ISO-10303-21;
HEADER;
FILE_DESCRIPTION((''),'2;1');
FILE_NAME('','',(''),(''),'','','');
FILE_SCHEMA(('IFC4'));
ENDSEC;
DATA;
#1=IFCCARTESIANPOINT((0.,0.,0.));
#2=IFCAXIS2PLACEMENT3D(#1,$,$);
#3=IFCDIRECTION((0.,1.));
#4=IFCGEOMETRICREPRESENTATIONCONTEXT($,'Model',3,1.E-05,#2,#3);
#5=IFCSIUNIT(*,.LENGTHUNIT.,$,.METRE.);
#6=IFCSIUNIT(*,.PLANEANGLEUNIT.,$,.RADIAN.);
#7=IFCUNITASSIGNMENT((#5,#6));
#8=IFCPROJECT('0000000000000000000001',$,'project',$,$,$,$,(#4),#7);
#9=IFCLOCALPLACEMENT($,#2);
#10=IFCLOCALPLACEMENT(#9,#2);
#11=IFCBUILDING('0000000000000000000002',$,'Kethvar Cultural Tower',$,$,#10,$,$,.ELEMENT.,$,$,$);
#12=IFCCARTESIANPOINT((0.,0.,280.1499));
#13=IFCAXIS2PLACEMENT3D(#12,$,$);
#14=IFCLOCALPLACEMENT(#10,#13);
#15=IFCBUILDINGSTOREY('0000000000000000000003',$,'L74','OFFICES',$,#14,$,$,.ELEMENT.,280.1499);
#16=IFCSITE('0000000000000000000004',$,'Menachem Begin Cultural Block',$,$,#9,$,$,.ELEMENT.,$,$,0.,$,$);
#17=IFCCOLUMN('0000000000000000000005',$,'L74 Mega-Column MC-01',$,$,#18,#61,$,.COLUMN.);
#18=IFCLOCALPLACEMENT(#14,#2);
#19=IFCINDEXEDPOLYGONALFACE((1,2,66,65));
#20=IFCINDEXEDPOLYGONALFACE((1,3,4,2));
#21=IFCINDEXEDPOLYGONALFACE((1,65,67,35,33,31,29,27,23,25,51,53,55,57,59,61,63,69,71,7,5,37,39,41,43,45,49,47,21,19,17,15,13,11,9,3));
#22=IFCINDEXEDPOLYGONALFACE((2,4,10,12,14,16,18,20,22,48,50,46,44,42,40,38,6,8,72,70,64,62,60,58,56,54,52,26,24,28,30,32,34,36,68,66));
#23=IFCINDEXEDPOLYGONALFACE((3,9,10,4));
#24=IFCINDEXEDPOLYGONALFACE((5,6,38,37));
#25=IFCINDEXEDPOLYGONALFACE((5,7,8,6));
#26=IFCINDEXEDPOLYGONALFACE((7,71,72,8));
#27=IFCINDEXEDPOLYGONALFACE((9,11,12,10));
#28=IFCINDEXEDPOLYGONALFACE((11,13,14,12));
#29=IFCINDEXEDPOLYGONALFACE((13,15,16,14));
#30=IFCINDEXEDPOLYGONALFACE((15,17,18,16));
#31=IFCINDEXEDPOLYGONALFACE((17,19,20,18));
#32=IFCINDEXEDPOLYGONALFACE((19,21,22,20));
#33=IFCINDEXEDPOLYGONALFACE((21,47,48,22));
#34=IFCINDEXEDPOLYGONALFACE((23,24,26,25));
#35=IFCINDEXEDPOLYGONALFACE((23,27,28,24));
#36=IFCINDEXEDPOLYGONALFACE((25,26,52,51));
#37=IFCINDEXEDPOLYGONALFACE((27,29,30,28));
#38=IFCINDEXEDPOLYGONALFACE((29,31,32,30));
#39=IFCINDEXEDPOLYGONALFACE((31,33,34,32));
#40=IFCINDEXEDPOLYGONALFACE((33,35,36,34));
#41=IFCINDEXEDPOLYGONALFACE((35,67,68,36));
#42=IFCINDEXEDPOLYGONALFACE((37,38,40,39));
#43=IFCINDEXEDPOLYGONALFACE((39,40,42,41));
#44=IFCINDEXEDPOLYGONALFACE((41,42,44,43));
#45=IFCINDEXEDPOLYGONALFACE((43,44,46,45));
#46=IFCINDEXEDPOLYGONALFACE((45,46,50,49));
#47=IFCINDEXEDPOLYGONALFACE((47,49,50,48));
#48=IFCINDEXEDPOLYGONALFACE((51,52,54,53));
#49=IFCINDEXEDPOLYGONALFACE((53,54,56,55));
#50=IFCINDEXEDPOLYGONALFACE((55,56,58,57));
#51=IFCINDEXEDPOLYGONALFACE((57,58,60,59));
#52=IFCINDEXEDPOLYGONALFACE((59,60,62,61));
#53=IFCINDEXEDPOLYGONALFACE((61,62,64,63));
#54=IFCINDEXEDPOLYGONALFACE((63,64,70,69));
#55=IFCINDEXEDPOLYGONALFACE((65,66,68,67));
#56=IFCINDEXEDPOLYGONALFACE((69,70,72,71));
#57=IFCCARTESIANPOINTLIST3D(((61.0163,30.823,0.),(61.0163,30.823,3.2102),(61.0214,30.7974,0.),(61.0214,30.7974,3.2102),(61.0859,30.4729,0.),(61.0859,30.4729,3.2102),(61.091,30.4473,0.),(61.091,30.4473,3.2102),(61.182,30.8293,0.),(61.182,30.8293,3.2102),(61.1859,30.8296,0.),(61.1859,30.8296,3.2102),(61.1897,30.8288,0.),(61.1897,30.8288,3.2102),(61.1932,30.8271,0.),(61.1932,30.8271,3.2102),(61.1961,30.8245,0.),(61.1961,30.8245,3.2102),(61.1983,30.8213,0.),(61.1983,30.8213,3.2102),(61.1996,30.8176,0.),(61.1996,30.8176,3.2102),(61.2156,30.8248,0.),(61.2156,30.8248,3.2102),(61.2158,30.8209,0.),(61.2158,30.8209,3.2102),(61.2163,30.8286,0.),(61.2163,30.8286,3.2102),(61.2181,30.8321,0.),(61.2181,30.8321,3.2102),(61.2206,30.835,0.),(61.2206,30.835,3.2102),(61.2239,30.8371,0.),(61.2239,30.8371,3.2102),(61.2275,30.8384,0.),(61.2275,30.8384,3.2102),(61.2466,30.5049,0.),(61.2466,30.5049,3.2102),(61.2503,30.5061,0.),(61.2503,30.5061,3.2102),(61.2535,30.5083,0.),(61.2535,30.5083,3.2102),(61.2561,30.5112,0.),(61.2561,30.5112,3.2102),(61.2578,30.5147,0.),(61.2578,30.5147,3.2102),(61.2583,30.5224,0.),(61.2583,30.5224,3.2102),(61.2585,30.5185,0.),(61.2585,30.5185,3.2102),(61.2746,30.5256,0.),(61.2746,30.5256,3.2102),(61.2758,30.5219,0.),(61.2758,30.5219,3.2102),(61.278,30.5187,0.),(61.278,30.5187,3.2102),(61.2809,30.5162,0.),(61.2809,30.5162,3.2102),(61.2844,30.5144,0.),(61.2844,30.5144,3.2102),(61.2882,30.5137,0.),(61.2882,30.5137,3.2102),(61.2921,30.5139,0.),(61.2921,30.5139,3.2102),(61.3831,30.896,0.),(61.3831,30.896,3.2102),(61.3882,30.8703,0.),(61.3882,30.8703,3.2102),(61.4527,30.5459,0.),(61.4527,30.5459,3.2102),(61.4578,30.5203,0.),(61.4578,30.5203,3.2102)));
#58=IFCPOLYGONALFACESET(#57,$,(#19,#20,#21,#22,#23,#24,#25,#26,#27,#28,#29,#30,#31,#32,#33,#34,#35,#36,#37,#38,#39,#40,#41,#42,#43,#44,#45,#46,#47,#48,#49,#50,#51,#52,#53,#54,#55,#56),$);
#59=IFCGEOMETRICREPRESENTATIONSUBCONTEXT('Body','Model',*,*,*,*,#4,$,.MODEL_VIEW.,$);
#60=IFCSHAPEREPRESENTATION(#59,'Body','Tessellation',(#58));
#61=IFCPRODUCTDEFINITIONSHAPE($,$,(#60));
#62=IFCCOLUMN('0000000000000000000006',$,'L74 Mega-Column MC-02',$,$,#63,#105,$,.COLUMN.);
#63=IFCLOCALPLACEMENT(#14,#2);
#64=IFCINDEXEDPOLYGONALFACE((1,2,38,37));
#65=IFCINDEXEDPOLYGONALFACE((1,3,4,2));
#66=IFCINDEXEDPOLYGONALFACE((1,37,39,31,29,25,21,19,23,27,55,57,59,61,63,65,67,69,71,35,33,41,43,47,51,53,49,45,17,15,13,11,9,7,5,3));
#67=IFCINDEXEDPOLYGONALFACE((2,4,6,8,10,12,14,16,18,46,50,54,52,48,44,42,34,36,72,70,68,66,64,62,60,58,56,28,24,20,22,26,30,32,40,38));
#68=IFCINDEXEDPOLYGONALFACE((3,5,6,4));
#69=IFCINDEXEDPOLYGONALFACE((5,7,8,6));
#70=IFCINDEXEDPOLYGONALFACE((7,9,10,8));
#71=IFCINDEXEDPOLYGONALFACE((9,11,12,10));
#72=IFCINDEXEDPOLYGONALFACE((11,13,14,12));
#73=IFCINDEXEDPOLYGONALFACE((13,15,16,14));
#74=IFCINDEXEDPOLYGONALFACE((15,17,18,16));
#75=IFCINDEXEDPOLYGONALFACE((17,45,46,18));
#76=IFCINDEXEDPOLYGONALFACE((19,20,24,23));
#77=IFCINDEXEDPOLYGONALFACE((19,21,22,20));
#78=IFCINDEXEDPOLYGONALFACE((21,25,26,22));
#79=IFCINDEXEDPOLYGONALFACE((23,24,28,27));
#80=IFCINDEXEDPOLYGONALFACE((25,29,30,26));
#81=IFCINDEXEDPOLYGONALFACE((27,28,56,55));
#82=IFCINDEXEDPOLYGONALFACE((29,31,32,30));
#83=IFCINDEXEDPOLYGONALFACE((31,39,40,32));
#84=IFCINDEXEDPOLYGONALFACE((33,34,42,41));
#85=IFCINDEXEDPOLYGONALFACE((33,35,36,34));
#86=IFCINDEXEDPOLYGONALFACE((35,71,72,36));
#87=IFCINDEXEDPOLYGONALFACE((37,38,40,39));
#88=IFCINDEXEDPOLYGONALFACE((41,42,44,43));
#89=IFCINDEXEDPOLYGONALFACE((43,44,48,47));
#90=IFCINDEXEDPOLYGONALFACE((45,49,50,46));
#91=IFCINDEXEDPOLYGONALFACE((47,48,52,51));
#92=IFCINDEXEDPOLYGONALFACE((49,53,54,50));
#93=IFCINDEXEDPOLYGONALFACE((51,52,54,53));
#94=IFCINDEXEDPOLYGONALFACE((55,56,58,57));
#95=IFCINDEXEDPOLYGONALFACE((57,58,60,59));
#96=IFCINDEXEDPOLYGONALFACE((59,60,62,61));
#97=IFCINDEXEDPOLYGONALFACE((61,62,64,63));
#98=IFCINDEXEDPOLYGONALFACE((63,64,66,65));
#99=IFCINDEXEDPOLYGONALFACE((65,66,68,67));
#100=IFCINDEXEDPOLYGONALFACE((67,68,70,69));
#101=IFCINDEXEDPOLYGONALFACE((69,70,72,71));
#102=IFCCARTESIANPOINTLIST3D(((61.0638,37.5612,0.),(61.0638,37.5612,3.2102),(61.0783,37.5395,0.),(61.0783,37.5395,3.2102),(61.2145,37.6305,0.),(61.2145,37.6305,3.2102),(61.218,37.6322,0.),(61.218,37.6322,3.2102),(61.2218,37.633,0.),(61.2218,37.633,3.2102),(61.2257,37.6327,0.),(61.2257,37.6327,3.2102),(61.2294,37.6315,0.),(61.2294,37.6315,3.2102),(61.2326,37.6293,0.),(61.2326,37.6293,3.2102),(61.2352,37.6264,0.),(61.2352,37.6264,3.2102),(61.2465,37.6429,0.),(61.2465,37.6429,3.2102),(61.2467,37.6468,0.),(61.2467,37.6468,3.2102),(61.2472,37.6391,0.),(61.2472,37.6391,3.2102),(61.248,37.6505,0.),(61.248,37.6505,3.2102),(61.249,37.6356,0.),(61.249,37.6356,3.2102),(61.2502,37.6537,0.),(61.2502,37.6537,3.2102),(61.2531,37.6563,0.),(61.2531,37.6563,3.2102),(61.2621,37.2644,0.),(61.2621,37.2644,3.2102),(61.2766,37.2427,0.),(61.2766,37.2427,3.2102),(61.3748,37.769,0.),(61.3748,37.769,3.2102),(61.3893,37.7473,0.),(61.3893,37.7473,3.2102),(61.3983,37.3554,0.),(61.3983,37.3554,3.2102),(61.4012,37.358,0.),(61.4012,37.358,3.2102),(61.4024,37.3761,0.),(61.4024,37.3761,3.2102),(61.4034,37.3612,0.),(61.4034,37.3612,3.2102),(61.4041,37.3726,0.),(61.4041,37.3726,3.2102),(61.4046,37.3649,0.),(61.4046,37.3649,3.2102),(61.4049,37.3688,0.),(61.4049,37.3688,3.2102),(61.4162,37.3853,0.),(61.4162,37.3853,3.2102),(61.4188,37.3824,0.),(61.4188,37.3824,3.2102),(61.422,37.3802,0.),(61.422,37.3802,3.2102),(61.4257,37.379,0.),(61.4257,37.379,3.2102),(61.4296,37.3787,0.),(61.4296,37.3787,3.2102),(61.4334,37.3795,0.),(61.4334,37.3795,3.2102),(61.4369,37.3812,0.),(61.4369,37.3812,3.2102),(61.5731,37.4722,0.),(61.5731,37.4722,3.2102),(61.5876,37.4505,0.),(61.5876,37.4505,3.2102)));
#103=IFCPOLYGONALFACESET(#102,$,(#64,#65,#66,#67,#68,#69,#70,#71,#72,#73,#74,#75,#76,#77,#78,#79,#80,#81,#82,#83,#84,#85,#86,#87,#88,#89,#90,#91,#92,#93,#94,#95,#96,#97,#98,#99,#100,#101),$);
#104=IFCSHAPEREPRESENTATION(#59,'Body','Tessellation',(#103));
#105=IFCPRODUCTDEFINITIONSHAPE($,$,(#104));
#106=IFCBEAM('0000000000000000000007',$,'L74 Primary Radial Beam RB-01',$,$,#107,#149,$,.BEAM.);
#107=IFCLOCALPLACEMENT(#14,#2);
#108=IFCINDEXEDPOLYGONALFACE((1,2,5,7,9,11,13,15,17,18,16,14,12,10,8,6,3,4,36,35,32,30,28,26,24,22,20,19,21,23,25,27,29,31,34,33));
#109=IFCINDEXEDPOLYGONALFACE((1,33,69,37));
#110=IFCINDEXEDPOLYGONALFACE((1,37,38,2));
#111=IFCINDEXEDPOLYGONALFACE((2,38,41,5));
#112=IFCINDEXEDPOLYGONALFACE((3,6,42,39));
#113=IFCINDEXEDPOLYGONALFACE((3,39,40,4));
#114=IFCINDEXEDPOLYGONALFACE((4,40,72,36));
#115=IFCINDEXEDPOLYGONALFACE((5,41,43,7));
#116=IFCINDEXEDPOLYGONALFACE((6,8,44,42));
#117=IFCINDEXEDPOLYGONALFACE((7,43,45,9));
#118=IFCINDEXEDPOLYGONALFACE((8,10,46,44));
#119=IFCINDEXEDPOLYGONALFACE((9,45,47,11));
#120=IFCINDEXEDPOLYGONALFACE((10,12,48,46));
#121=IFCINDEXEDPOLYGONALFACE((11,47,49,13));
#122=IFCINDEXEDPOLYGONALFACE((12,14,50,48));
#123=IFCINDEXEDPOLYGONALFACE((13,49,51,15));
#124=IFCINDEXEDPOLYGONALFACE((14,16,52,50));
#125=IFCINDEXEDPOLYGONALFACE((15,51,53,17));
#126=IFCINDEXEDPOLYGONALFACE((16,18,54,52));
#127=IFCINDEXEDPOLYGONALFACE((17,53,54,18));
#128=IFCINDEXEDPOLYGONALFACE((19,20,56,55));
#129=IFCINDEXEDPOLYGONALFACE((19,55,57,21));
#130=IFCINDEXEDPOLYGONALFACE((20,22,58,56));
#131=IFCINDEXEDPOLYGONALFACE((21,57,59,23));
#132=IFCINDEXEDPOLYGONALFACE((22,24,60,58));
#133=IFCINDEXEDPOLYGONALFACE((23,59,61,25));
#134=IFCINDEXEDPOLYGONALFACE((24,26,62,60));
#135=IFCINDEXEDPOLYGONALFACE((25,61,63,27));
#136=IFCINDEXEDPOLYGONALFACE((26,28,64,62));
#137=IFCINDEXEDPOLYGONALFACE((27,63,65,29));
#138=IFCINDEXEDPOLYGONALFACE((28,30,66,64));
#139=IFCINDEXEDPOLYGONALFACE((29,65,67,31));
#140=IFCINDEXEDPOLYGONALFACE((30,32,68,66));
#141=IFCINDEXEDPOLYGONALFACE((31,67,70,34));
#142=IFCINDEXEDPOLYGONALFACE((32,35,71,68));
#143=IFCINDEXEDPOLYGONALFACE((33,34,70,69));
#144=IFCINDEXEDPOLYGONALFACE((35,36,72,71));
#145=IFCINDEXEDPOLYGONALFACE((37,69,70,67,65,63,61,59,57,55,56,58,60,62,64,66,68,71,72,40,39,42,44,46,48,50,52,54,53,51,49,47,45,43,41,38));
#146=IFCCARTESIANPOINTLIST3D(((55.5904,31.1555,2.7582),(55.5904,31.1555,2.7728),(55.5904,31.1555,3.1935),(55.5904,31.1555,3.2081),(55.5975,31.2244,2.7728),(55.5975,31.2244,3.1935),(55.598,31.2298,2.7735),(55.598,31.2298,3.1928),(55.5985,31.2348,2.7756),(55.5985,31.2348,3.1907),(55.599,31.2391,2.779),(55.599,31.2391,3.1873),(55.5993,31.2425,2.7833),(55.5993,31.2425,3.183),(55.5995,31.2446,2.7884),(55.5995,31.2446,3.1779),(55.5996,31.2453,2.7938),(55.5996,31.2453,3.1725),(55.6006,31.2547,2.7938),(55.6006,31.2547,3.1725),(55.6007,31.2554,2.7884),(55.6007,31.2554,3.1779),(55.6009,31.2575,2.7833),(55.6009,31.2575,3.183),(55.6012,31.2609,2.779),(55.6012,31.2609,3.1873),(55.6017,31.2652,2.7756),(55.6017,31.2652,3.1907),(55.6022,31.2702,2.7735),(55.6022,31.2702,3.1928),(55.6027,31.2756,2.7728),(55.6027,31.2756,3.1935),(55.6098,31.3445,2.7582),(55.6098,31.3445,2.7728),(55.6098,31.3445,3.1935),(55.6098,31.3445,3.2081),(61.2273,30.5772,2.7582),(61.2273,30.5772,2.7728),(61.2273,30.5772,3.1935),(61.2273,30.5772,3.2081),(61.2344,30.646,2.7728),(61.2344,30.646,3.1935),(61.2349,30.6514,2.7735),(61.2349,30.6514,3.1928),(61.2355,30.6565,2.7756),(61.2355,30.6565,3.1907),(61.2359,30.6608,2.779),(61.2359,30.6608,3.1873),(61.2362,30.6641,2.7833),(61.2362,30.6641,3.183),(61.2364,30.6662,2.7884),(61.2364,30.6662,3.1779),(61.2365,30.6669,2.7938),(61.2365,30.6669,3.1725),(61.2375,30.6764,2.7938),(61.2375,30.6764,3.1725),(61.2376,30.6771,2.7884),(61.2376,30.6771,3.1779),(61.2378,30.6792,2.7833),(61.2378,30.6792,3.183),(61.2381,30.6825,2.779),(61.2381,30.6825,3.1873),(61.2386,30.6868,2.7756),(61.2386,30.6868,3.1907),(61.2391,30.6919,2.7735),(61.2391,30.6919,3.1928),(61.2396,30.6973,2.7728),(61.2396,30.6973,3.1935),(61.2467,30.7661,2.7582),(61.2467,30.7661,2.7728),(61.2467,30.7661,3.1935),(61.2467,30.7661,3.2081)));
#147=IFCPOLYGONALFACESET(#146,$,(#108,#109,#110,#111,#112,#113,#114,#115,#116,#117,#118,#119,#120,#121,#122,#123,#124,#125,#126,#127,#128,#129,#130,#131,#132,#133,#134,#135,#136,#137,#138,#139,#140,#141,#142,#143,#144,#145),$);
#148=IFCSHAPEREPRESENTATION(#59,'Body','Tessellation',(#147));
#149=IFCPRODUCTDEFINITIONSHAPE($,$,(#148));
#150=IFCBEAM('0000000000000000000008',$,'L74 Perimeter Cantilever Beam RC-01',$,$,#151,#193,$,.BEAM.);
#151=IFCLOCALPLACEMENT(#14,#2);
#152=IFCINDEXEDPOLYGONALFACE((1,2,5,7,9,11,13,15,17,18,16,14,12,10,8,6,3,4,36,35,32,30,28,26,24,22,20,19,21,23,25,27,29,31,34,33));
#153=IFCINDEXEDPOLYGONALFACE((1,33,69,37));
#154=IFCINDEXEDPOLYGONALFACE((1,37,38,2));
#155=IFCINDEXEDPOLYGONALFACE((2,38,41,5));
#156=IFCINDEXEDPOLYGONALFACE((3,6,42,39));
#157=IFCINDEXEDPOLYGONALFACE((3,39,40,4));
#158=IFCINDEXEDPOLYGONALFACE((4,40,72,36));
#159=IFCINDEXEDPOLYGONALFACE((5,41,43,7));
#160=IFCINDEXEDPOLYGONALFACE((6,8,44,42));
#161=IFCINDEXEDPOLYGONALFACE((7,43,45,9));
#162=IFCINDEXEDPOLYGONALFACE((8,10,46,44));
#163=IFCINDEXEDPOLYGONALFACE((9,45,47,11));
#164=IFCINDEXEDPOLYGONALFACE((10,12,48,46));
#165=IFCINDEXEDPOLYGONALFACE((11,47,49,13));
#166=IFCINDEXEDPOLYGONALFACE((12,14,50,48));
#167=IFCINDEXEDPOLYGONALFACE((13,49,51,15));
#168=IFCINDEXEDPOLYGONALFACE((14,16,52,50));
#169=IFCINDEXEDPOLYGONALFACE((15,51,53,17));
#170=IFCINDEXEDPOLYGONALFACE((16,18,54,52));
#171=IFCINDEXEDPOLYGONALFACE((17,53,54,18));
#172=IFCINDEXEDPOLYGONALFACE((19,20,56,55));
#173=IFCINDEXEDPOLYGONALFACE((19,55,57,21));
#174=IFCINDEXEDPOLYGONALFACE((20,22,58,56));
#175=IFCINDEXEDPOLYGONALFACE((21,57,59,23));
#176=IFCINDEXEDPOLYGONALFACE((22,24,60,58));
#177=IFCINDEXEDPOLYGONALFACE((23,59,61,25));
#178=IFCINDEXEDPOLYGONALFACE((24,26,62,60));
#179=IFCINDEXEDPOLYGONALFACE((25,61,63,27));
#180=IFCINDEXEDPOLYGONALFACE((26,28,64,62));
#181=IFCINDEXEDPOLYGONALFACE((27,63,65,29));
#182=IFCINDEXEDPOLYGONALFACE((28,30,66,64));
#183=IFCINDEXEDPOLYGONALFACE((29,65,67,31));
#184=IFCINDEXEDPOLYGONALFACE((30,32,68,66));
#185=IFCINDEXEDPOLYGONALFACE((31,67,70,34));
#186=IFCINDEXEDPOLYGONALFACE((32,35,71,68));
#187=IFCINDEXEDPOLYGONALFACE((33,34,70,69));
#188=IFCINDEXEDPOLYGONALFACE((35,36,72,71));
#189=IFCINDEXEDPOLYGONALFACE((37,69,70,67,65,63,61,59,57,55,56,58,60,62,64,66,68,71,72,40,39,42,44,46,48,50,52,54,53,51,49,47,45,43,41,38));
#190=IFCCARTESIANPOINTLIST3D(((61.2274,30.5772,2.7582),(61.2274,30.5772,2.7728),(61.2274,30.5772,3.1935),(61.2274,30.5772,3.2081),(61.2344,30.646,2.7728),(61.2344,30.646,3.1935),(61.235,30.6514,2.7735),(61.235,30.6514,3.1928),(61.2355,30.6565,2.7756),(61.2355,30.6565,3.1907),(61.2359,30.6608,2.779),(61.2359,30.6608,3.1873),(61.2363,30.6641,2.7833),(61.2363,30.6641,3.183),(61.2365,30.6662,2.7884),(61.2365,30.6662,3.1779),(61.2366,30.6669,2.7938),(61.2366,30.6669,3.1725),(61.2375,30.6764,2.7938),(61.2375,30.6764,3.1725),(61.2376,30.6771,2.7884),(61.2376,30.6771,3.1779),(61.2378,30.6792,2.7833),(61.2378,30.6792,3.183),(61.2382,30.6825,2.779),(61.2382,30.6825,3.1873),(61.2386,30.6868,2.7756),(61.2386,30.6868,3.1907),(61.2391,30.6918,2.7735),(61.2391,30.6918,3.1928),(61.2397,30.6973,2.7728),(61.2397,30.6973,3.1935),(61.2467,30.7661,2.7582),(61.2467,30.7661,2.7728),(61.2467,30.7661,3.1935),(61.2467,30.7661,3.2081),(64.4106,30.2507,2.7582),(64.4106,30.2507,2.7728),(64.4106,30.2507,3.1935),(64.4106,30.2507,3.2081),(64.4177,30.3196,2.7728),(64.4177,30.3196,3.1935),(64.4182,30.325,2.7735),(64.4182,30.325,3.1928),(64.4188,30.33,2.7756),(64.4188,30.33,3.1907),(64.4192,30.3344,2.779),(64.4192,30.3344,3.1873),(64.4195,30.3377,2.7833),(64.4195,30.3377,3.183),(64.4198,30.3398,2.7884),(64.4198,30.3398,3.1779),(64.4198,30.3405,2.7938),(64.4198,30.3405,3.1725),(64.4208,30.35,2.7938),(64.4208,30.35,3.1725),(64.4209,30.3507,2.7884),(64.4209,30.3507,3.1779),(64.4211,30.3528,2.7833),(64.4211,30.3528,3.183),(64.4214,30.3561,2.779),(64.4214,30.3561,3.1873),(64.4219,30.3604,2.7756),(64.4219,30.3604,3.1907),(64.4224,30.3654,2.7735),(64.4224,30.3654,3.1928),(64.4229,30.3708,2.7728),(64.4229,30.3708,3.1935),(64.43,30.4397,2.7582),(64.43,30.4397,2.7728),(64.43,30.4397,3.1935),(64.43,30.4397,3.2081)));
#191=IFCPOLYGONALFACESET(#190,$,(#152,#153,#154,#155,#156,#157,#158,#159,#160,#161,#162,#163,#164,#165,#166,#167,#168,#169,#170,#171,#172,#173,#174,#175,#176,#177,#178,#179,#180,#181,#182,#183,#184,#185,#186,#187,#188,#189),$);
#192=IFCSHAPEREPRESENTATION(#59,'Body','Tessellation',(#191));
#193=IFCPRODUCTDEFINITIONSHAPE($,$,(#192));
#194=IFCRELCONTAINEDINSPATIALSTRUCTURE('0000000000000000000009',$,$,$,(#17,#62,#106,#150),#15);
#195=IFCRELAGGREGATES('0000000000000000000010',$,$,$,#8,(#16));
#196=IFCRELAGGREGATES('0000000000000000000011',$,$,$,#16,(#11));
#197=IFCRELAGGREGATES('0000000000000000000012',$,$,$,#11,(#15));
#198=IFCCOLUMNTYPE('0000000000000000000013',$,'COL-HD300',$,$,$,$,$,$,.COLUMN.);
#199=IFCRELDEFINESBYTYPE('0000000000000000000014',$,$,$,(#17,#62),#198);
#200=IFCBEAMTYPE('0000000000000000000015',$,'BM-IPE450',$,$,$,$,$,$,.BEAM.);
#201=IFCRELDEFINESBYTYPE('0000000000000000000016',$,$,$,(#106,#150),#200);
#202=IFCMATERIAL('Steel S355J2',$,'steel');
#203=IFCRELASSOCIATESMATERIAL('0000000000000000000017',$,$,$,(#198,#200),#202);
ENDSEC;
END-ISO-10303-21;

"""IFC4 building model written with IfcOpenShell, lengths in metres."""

from ifc_helpers import new_model, si_unit, direction, frame, origin, origin_2d, place, context, subcontext, project, spatial, i_section, extrude, source, transform, mapped, material, material_profile, profile_set, type_object, element, save


model = new_model("IFC4")

# Units and contexts
model_context = context("Model", 3, precision=1e-05, world=origin(), true_north=direction((0.0, 1.0)))
body_context = subcontext(model_context, "Body", "Model", "MODEL_VIEW")
ifc_project = project(units=[si_unit("LENGTHUNIT", "METRE"), si_unit("PLANEANGLEUNIT", "RADIAN")], contexts=[model_context])

# Site, building, storey
site_placement = place(None, origin())
site = spatial("IfcSite", under=ifc_project, at=site_placement, Name="Menachem Begin Cultural Block", CompositionType="ELEMENT", RefElevation=0.0)
building_placement = place(site_placement, origin())
building = spatial("IfcBuilding", under=site, at=building_placement, Name="Kethvar Cultural Tower", CompositionType="ELEMENT")
storey_placement = place(building_placement, frame((0.0, 0.0, 280.1499)))
storey = spatial("IfcBuildingStorey", under=building, at=storey_placement, Name="L74", Description="OFFICES", CompositionType="ELEMENT", Elevation=280.1499)

# Columns
ifc_material_1 = material(Name="Steel S355J2", Category="steel")
ifc_material_profile_1 = material_profile(ifc_material_1, i_section(OverallWidth=0.374, OverallDepth=0.3831, WebThickness=0.0166, FlangeThickness=0.0261, FilletRadius=0.0149, at=origin_2d()), Name="Steel S355J2 — HD360x300")
ifc_profile_set_1 = profile_set([ifc_material_profile_1], Name="Steel S355J2 — HD360x300")
column_type = type_object("IfcColumnType", Name="COL-HD300", PredefinedType="COLUMN", material=ifc_profile_set_1)
shared_shape_1 = source(origin(), body_context, "Body", "SweptSolid", [
    extrude(i_section(OverallWidth=0.374, OverallDepth=0.3831, WebThickness=0.0166, FlangeThickness=0.0261, FilletRadius=0.0149, at=origin_2d()), origin(), (0.0, 0.0, 1.0), 3.2102),
])
for number, where, z_axis, x_axis, name in (
    (1, (61.2371, 30.6716, 0.0), (0.0, 0.0, 1.0), (0.980785, 0.19509, 0.0), "L74 Mega-Column MC-01"),
    (2, (61.3257, 37.5059, 0.0), (0.0, 0.0, 1.0), (0.83147, 0.55557, 0.0), "L74 Mega-Column MC-02"),
):
    element("IfcColumn", number, at=place(storey_placement, frame(where, z_axis=z_axis, x_axis=x_axis)), inside=storey, type_object=column_type, Name=name, PredefinedType="COLUMN", context=body_context, shape_type="MappedRepresentation", body=[
        mapped(shared_shape_1, transform((0.0, 0.0, 0.0), scale=1.0)),
    ])

# Beams
ifc_material_profile_2 = material_profile(ifc_material_1, i_section(OverallWidth=0.1899, OverallDepth=0.45, WebThickness=0.0095, FlangeThickness=0.0146, FilletRadius=0.021, at=origin_2d()), Name="Steel S355J2 — IPE450")
ifc_profile_set_2 = profile_set([ifc_material_profile_2], Name="Steel S355J2 — IPE450")
beam_type_1 = type_object("IfcBeamType", Name="BM-IPE450", PredefinedType="BEAM", material=ifc_profile_set_2)
shared_shape_2 = source(origin(), body_context, "Body", "SweptSolid", [
    extrude(i_section(OverallWidth=0.1899, OverallDepth=0.45, WebThickness=0.0095, FlangeThickness=0.0146, FilletRadius=0.021, at=origin_2d()), origin(), (0.0, 0.0, 1.0), 5.6665),
])
beam_1_placement = place(storey_placement, frame((55.6001, 31.25, 2.9832), z_axis=(0.994778, -0.102067, 0.0), x_axis=(0.102067, 0.994778, 0.0)))
element("IfcBeam", 3, at=beam_1_placement, inside=storey, type_object=beam_type_1, Name="L74 Primary Radial Beam RB-01", PredefinedType="BEAM", context=body_context, shape_type="MappedRepresentation", body=[
    mapped(shared_shape_2, transform((0.0, 0.0, 0.0), scale=1.0)),
])
shared_shape_3 = source(origin(), body_context, "Body", "SweptSolid", [
    extrude(i_section(OverallWidth=0.1899, OverallDepth=0.45, WebThickness=0.0095, FlangeThickness=0.0146, FilletRadius=0.021, at=origin_2d()), origin(), (0.0, 0.0, 1.0), 3.2),
])
for number, where, z_axis, x_axis, name in (
    (4, (61.2371, 30.6716, 2.9832), (0.994784, -0.102004, 0.0), (0.102004, 0.994784, 0.0), "L74 Perimeter Cantilever Beam RC-01"),
):
    element("IfcBeam", number, at=place(storey_placement, frame(where, z_axis=z_axis, x_axis=x_axis)), inside=storey, type_object=beam_type_1, Name=name, PredefinedType="BEAM", context=body_context, shape_type="MappedRepresentation", body=[
        mapped(shared_shape_3, transform((0.0, 0.0, 0.0), scale=1.0)),
    ])

save(model, "model.ifc")
